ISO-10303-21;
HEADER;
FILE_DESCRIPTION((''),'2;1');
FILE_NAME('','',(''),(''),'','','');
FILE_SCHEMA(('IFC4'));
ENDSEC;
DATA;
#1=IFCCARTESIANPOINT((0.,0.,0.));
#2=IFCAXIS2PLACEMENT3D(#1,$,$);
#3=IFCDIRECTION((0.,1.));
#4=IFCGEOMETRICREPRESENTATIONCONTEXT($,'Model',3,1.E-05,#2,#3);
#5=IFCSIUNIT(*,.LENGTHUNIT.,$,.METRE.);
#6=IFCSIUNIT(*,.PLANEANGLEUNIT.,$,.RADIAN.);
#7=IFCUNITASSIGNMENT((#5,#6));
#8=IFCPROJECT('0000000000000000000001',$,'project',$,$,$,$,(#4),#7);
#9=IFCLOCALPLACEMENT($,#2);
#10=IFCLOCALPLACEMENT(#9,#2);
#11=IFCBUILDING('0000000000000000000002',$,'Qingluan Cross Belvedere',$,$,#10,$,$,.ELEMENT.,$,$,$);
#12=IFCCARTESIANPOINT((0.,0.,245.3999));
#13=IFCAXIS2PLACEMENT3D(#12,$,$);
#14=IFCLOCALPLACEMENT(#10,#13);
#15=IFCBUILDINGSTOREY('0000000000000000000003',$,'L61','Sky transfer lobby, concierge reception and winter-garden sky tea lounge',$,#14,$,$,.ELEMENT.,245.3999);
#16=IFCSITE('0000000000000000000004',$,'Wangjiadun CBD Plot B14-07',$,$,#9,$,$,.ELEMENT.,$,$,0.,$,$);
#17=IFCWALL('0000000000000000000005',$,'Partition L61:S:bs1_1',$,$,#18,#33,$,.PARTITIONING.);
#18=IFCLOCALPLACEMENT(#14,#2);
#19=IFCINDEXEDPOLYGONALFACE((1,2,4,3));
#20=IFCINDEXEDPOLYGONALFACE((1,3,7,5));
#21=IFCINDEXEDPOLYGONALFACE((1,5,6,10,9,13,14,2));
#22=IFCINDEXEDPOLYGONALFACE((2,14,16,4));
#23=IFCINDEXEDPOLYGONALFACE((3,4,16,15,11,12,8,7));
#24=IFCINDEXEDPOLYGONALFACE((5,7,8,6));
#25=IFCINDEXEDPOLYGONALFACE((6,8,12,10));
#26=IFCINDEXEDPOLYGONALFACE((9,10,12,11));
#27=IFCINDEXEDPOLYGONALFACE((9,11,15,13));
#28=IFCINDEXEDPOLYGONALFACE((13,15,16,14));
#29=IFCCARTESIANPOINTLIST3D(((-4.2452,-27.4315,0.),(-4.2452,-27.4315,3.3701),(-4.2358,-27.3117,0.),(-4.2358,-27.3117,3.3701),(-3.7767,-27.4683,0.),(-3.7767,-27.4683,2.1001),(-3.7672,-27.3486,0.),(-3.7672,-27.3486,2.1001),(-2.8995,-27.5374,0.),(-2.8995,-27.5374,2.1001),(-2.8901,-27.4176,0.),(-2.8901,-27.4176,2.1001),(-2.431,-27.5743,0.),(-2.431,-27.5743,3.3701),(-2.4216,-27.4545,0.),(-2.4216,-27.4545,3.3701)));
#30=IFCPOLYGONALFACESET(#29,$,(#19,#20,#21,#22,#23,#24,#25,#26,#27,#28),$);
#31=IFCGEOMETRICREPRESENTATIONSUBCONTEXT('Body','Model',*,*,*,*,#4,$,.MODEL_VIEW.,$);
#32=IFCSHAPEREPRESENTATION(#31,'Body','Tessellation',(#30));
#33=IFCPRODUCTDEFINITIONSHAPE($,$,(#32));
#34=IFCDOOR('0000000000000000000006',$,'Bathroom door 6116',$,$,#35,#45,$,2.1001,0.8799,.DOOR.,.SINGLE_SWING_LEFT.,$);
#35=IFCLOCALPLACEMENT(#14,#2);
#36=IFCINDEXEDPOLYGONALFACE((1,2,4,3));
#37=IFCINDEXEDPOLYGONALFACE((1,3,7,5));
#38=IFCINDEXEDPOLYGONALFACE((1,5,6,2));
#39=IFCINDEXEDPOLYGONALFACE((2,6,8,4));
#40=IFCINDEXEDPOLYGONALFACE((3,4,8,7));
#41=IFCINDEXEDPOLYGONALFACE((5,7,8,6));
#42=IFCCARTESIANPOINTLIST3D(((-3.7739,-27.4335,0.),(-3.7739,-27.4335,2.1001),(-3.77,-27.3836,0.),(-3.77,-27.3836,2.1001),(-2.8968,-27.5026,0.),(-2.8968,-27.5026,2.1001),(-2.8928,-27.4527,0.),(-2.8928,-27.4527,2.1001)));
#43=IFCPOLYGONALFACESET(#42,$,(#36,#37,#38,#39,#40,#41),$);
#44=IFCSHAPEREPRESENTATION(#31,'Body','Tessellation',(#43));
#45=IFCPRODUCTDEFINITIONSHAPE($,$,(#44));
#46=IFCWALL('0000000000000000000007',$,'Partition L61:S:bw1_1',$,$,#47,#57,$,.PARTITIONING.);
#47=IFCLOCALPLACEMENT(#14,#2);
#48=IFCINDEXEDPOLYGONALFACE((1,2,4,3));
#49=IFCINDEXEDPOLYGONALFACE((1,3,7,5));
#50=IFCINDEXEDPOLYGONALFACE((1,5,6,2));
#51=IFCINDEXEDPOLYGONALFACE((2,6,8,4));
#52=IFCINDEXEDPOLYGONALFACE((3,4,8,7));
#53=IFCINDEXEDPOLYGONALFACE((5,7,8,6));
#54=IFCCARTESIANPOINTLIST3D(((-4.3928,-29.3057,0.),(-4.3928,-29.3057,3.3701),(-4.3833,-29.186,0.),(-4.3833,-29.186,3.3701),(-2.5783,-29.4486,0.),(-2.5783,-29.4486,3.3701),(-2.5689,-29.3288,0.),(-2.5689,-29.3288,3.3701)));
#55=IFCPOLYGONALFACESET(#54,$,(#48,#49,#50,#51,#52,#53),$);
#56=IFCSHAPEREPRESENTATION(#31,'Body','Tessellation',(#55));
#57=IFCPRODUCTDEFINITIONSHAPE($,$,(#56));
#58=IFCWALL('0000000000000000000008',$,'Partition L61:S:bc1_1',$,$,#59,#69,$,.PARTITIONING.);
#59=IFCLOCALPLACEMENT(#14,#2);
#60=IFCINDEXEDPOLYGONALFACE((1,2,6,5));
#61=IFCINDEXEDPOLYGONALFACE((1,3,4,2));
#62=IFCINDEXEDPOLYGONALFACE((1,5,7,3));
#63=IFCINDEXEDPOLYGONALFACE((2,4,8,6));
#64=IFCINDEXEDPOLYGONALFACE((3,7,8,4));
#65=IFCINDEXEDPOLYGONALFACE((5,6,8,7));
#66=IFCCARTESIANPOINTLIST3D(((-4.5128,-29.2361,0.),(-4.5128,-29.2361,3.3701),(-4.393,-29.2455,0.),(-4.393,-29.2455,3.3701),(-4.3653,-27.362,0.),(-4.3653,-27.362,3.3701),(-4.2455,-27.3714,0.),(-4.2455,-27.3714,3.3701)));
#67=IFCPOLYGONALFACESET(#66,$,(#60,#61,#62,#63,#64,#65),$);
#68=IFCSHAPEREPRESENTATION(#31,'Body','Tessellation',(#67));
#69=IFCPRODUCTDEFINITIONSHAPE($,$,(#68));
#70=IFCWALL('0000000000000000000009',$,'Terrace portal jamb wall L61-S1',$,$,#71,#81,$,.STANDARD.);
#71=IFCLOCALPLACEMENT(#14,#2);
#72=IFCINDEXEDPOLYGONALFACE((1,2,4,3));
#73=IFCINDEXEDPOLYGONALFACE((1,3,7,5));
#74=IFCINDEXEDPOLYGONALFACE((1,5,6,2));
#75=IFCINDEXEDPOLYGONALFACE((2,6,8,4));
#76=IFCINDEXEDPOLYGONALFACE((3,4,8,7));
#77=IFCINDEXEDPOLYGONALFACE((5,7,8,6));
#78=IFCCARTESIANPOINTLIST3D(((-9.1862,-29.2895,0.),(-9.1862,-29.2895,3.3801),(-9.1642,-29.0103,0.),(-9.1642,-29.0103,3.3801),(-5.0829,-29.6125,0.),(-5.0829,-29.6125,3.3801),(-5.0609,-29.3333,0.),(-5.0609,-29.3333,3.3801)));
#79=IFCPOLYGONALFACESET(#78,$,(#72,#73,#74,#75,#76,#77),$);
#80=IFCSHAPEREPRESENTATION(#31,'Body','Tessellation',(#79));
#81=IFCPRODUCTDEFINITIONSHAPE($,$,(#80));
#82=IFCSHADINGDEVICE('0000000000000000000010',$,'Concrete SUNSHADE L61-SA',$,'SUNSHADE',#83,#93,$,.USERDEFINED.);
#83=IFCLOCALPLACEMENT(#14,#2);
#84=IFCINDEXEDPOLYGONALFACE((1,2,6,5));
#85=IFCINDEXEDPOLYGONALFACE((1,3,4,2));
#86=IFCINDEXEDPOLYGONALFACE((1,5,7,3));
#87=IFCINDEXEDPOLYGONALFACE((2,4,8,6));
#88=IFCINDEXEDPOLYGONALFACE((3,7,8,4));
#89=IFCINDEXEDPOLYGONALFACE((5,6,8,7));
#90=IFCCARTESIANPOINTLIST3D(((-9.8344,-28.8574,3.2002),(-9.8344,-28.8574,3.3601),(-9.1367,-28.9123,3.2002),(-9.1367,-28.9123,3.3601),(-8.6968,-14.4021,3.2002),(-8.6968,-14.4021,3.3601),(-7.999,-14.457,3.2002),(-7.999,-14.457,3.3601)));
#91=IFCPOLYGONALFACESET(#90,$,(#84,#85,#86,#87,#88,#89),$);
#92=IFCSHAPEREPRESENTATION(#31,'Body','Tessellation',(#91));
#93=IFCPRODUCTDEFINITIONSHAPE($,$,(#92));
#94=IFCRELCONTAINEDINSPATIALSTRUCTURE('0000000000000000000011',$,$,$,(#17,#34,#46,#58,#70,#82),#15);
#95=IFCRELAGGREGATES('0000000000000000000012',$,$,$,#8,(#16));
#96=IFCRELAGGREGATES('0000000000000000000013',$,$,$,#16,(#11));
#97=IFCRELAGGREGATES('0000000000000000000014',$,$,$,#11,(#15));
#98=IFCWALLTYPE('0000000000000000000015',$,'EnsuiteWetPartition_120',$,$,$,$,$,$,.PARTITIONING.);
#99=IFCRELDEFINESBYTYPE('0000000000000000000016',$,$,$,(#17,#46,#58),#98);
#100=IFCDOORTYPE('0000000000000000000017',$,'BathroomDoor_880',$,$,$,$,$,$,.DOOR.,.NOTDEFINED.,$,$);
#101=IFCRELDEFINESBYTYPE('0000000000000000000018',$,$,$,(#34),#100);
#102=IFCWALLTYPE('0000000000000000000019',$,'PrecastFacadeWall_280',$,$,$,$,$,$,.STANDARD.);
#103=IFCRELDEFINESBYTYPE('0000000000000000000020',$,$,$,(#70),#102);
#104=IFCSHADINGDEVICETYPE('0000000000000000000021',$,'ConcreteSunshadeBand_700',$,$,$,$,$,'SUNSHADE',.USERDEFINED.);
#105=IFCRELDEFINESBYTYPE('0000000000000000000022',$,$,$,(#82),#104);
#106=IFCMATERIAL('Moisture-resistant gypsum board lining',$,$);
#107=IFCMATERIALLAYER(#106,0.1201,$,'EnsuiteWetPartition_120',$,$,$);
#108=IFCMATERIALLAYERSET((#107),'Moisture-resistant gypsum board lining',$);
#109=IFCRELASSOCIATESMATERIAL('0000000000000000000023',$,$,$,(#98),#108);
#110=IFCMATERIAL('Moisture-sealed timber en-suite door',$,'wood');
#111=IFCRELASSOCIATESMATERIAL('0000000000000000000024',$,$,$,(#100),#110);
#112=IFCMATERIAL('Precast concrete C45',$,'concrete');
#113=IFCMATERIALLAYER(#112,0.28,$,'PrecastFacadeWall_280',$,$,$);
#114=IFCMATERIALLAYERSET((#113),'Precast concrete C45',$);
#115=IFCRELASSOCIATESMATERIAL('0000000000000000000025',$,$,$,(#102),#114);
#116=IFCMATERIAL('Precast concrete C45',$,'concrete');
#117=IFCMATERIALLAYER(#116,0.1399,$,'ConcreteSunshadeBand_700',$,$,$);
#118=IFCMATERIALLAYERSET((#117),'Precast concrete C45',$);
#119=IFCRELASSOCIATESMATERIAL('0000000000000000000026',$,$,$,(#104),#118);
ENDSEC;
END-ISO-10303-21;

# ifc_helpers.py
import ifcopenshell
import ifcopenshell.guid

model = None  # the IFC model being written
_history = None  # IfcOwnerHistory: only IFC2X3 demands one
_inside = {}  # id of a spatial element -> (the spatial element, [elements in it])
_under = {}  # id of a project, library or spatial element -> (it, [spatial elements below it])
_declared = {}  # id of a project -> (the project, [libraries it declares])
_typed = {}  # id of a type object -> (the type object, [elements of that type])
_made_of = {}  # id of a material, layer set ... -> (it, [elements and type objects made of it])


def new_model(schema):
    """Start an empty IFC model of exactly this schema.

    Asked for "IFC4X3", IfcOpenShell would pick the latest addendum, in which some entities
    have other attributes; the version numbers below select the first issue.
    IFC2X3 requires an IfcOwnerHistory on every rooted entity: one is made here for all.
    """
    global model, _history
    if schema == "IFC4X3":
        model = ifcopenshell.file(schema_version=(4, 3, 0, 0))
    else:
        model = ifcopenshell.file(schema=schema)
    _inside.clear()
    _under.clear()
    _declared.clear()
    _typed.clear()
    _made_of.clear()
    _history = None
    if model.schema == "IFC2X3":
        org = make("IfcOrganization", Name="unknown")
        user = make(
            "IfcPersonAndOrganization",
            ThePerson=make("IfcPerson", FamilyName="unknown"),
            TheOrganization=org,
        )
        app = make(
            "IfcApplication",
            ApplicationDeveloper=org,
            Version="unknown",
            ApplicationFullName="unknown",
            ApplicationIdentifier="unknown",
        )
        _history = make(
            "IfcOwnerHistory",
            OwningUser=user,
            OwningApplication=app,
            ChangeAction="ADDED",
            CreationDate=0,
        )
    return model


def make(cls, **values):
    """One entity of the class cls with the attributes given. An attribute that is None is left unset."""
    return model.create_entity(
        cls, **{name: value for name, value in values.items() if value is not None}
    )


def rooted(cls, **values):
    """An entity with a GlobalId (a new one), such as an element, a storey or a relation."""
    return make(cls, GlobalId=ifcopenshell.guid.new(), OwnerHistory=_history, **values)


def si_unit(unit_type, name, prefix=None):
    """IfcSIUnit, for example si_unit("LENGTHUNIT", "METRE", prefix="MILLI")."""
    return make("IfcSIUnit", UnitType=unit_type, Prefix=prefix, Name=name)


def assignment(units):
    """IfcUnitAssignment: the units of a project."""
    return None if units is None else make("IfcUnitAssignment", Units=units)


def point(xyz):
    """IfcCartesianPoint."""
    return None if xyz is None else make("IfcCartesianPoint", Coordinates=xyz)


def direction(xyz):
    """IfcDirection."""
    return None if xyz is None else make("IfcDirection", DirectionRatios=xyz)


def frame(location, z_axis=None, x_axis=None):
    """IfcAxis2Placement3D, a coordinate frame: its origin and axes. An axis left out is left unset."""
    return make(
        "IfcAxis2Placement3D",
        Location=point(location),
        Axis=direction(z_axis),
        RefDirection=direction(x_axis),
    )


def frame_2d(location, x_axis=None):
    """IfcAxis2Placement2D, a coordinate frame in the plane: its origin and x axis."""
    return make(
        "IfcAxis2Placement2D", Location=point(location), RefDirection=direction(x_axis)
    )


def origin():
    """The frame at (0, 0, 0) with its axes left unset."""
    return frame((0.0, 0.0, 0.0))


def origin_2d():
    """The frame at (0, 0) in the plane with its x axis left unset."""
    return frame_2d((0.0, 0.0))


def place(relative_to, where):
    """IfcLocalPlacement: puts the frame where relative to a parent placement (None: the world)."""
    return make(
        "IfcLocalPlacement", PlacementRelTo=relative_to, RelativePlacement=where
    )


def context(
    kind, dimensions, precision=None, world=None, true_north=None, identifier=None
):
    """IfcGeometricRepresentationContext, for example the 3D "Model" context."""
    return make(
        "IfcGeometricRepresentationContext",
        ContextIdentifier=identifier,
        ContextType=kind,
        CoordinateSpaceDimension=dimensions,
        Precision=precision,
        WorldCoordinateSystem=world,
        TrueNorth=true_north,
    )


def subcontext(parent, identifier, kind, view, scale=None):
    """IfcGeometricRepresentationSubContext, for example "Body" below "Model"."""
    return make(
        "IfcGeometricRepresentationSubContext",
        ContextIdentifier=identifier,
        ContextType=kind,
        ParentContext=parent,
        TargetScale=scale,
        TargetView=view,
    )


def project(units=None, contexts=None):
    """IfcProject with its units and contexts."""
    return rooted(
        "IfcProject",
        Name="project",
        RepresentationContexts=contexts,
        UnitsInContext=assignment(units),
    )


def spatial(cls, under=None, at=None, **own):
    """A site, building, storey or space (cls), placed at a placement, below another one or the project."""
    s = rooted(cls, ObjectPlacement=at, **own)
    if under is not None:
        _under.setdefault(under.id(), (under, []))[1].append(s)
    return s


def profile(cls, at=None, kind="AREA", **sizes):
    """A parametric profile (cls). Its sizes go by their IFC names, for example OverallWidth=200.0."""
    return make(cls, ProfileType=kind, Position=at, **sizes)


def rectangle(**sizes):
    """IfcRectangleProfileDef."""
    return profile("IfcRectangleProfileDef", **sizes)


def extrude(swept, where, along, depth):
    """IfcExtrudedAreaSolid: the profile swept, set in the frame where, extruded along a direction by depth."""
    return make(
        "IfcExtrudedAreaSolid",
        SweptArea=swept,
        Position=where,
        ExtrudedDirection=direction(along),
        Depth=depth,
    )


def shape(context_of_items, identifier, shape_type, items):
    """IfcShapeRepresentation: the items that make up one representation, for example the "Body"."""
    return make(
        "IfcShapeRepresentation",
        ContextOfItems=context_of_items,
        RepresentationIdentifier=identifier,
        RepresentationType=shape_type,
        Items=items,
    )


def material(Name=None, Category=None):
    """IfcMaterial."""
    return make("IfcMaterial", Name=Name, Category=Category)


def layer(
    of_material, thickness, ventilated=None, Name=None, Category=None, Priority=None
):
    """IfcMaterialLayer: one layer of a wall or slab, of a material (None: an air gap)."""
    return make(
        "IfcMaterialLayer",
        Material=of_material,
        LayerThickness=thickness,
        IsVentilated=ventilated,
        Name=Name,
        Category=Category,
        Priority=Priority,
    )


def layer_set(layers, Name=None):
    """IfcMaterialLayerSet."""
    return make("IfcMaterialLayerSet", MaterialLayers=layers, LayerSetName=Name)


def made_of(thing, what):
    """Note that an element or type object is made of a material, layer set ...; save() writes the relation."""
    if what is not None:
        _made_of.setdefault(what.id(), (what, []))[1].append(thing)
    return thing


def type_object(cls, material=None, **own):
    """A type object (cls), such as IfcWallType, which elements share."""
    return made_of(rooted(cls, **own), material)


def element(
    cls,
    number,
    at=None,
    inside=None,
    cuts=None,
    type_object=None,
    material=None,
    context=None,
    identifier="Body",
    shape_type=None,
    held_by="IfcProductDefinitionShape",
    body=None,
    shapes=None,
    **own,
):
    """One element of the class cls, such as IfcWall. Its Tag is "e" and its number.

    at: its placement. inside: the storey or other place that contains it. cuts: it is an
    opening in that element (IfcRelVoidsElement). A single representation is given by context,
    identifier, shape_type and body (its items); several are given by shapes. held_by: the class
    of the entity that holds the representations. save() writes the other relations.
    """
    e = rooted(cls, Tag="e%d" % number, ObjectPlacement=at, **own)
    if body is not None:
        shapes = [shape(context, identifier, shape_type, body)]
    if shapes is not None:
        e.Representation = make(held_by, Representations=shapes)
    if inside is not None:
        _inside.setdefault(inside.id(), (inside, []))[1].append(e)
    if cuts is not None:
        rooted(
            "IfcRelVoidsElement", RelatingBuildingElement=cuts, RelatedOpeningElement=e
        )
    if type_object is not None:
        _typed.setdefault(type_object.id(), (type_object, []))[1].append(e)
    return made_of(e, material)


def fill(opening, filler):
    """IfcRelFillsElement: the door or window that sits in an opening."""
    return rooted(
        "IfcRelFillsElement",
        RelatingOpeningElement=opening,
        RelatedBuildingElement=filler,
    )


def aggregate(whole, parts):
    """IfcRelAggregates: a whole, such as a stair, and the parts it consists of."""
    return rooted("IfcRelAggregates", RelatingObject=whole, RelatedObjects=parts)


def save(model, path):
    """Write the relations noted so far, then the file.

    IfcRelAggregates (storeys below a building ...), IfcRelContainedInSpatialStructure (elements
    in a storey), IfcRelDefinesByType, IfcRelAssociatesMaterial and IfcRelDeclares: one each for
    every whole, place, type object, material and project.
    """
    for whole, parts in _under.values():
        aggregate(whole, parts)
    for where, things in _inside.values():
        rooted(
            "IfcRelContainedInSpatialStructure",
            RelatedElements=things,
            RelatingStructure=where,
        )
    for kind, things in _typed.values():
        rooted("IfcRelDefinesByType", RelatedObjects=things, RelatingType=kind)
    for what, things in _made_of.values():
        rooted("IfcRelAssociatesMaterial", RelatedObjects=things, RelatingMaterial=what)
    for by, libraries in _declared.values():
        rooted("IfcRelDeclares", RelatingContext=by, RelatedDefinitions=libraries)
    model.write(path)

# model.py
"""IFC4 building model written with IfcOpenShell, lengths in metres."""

from ifc_helpers import new_model, si_unit, direction, frame, frame_2d, origin, origin_2d, place, context, subcontext, project, spatial, rectangle, extrude, material, layer, layer_set, type_object, element, fill, save


model = new_model("IFC4")

# Units and contexts
model_context = context("Model", 3, precision=1e-05, world=origin(), true_north=direction((0.0, 1.0)))
body_context = subcontext(model_context, "Body", "Model", "MODEL_VIEW")
ifc_project = project(units=[si_unit("LENGTHUNIT", "METRE"), si_unit("PLANEANGLEUNIT", "RADIAN")], contexts=[model_context])

# Site, building, storey
site_placement = place(None, origin())
site = spatial("IfcSite", under=ifc_project, at=site_placement, Name="Wangjiadun CBD Plot B14-07", CompositionType="ELEMENT", RefElevation=0.0)
building_placement = place(site_placement, origin())
building = spatial("IfcBuilding", under=site, at=building_placement, Name="Qingluan Cross Belvedere", CompositionType="ELEMENT")
storey_placement = place(building_placement, frame((0.0, 0.0, 245.3999)))
storey = spatial("IfcBuildingStorey", under=building, at=storey_placement, Name="L61", Description="Sky transfer lobby, concierge reception and winter-garden sky tea lounge", CompositionType="ELEMENT", Elevation=245.3999)

# Wall, opening, door
ifc_material_1 = material(Name="Moisture-resistant gypsum board lining")
ifc_layer_1 = layer(ifc_material_1, 0.1201, Name="EnsuiteWetPartition_120")
ifc_layer_set_1 = layer_set([ifc_layer_1], Name="Moisture-resistant gypsum board lining")
wall_type_1 = type_object("IfcWallType", Name="EnsuiteWetPartition_120", PredefinedType="PARTITIONING", material=ifc_layer_set_1)
ifc_material_2 = material(Name="Moisture-sealed timber en-suite door", Category="wood")
door_type = type_object("IfcDoorType", Name="BathroomDoor_880", OperationType="NOTDEFINED", PredefinedType="DOOR", material=ifc_material_2)
wall_1_placement = place(storey_placement, frame((-4.2405, -27.3716, 0.0), z_axis=(0.0, 0.0, 1.0), x_axis=(0.996916, -0.078481, 0.0)))
wall_1 = element("IfcWall", 1, at=wall_1_placement, inside=storey, type_object=wall_type_1, Name="Partition L61:S:bs1_1", PredefinedType="PARTITIONING", context=body_context, shape_type="SweptSolid", body=[
    extrude(rectangle(XDim=1.8198, YDim=0.1201, at=frame_2d((0.9099, 0.0))), origin(), (0.0, 0.0, 1.0), 3.3701),
])
opening_1_placement = place(wall_1_placement, frame((0.47, 0.0, 0.0)))
opening_1 = element("IfcOpeningElement", 2, at=opening_1_placement, cuts=wall_1, PredefinedType="OPENING", context=body_context, shape_type="SweptSolid", body=[
    extrude(rectangle(XDim=0.8799, YDim=2.1001, at=frame_2d((0.4399, 1.05))), frame((0.0, 0.0701, 0.0), z_axis=(0.0, -1.0, 0.0), x_axis=(1.0, 0.0, 0.0)), (0.0, 0.0, 1.0), 0.1401),
])
door_1_placement = place(opening_1_placement, origin())
door_1 = element("IfcDoor", 3, at=door_1_placement, inside=storey, type_object=door_type, Name="Bathroom door 6116", OperationType="SINGLE_SWING_LEFT", OverallHeight=2.1001, OverallWidth=0.8799, PredefinedType="DOOR", context=body_context, shape_type="SweptSolid", body=[
    extrude(rectangle(XDim=0.8799, YDim=2.1001, at=frame_2d((0.4399, 1.05))), frame((0.0, 0.0249, 0.0), z_axis=(0.0, -1.0, 0.0), x_axis=(1.0, 0.0, 0.0)), (0.0, 0.0, 1.0), 0.05),
])
fill(opening_1, door_1)

# Walls
wall_2_placement = place(storey_placement, frame((-4.3882, -29.2458, 0.0), z_axis=(0.0, 0.0, 1.0), x_axis=(0.996916, -0.078471, 0.0)))
element("IfcWall", 4, at=wall_2_placement, inside=storey, type_object=wall_type_1, Name="Partition L61:S:bw1_1", PredefinedType="PARTITIONING", context=body_context, shape_type="SweptSolid", body=[
    extrude(rectangle(XDim=1.8201, YDim=0.1201, at=frame_2d((0.9102, 0.0))), origin(), (0.0, 0.0, 1.0), 3.3701),
])
wall_3_placement = place(storey_placement, frame((-4.3054, -27.3667, 0.0), z_axis=(0.0, 0.0, 1.0), x_axis=(-0.078444, -0.996918, 0.0)))
element("IfcWall", 5, at=wall_3_placement, inside=storey, type_object=wall_type_1, Name="Partition L61:S:bc1_1", PredefinedType="PARTITIONING", context=body_context, shape_type="SweptSolid", body=[
    extrude(rectangle(XDim=1.8799, YDim=0.1201, at=frame_2d((0.9399, 0.0))), origin(), (0.0, 0.0, 1.0), 3.3701),
])
ifc_material_3 = material(Name="Precast concrete C45", Category="concrete")
ifc_layer_2 = layer(ifc_material_3, 0.28, Name="PrecastFacadeWall_280")
ifc_layer_set_2 = layer_set([ifc_layer_2], Name="Precast concrete C45")
wall_type_2 = type_object("IfcWallType", Name="PrecastFacadeWall_280", PredefinedType="STANDARD", material=ifc_layer_set_2)
wall_4_placement = place(storey_placement, frame((-9.1753, -29.1499, 0.0), z_axis=(0.0, 0.0, 1.0), x_axis=(0.996916, -0.078474, 0.0)))
element("IfcWall", 6, at=wall_4_placement, inside=storey, type_object=wall_type_2, Name="Terrace portal jamb wall L61-S1", PredefinedType="STANDARD", context=body_context, shape_type="SweptSolid", body=[
    extrude(rectangle(XDim=4.116, YDim=0.28, at=frame_2d((2.0581, 0.0))), origin(), (0.0, 0.0, 1.0), 3.3801),
])

# Shading device
ifc_material_4 = material(Name="Precast concrete C45", Category="concrete")
ifc_layer_3 = layer(ifc_material_4, 0.1399, Name="ConcreteSunshadeBand_700")
ifc_layer_set_3 = layer_set([ifc_layer_3], Name="Precast concrete C45")
shading_device_type = type_object("IfcShadingDeviceType", Name="ConcreteSunshadeBand_700", ElementType="SUNSHADE", PredefinedType="USERDEFINED", material=ifc_layer_set_3)
shading_device_placement = place(storey_placement, frame((-8.9167, -21.6572, 3.2002), z_axis=(0.0, 0.0, 1.0), x_axis=(-0.078456, -0.996918, 0.0)))
element("IfcShadingDevice", 7, at=shading_device_placement, inside=storey, type_object=shading_device_type, Name="Concrete SUNSHADE L61-SA", ObjectType="SUNSHADE", PredefinedType="USERDEFINED", context=body_context, shape_type="SweptSolid", body=[
    extrude(rectangle(XDim=14.5, YDim=0.7, at=origin_2d()), origin(), (0.0, 0.0, 1.0), 0.1599),
])

save(model, "model.ifc")
